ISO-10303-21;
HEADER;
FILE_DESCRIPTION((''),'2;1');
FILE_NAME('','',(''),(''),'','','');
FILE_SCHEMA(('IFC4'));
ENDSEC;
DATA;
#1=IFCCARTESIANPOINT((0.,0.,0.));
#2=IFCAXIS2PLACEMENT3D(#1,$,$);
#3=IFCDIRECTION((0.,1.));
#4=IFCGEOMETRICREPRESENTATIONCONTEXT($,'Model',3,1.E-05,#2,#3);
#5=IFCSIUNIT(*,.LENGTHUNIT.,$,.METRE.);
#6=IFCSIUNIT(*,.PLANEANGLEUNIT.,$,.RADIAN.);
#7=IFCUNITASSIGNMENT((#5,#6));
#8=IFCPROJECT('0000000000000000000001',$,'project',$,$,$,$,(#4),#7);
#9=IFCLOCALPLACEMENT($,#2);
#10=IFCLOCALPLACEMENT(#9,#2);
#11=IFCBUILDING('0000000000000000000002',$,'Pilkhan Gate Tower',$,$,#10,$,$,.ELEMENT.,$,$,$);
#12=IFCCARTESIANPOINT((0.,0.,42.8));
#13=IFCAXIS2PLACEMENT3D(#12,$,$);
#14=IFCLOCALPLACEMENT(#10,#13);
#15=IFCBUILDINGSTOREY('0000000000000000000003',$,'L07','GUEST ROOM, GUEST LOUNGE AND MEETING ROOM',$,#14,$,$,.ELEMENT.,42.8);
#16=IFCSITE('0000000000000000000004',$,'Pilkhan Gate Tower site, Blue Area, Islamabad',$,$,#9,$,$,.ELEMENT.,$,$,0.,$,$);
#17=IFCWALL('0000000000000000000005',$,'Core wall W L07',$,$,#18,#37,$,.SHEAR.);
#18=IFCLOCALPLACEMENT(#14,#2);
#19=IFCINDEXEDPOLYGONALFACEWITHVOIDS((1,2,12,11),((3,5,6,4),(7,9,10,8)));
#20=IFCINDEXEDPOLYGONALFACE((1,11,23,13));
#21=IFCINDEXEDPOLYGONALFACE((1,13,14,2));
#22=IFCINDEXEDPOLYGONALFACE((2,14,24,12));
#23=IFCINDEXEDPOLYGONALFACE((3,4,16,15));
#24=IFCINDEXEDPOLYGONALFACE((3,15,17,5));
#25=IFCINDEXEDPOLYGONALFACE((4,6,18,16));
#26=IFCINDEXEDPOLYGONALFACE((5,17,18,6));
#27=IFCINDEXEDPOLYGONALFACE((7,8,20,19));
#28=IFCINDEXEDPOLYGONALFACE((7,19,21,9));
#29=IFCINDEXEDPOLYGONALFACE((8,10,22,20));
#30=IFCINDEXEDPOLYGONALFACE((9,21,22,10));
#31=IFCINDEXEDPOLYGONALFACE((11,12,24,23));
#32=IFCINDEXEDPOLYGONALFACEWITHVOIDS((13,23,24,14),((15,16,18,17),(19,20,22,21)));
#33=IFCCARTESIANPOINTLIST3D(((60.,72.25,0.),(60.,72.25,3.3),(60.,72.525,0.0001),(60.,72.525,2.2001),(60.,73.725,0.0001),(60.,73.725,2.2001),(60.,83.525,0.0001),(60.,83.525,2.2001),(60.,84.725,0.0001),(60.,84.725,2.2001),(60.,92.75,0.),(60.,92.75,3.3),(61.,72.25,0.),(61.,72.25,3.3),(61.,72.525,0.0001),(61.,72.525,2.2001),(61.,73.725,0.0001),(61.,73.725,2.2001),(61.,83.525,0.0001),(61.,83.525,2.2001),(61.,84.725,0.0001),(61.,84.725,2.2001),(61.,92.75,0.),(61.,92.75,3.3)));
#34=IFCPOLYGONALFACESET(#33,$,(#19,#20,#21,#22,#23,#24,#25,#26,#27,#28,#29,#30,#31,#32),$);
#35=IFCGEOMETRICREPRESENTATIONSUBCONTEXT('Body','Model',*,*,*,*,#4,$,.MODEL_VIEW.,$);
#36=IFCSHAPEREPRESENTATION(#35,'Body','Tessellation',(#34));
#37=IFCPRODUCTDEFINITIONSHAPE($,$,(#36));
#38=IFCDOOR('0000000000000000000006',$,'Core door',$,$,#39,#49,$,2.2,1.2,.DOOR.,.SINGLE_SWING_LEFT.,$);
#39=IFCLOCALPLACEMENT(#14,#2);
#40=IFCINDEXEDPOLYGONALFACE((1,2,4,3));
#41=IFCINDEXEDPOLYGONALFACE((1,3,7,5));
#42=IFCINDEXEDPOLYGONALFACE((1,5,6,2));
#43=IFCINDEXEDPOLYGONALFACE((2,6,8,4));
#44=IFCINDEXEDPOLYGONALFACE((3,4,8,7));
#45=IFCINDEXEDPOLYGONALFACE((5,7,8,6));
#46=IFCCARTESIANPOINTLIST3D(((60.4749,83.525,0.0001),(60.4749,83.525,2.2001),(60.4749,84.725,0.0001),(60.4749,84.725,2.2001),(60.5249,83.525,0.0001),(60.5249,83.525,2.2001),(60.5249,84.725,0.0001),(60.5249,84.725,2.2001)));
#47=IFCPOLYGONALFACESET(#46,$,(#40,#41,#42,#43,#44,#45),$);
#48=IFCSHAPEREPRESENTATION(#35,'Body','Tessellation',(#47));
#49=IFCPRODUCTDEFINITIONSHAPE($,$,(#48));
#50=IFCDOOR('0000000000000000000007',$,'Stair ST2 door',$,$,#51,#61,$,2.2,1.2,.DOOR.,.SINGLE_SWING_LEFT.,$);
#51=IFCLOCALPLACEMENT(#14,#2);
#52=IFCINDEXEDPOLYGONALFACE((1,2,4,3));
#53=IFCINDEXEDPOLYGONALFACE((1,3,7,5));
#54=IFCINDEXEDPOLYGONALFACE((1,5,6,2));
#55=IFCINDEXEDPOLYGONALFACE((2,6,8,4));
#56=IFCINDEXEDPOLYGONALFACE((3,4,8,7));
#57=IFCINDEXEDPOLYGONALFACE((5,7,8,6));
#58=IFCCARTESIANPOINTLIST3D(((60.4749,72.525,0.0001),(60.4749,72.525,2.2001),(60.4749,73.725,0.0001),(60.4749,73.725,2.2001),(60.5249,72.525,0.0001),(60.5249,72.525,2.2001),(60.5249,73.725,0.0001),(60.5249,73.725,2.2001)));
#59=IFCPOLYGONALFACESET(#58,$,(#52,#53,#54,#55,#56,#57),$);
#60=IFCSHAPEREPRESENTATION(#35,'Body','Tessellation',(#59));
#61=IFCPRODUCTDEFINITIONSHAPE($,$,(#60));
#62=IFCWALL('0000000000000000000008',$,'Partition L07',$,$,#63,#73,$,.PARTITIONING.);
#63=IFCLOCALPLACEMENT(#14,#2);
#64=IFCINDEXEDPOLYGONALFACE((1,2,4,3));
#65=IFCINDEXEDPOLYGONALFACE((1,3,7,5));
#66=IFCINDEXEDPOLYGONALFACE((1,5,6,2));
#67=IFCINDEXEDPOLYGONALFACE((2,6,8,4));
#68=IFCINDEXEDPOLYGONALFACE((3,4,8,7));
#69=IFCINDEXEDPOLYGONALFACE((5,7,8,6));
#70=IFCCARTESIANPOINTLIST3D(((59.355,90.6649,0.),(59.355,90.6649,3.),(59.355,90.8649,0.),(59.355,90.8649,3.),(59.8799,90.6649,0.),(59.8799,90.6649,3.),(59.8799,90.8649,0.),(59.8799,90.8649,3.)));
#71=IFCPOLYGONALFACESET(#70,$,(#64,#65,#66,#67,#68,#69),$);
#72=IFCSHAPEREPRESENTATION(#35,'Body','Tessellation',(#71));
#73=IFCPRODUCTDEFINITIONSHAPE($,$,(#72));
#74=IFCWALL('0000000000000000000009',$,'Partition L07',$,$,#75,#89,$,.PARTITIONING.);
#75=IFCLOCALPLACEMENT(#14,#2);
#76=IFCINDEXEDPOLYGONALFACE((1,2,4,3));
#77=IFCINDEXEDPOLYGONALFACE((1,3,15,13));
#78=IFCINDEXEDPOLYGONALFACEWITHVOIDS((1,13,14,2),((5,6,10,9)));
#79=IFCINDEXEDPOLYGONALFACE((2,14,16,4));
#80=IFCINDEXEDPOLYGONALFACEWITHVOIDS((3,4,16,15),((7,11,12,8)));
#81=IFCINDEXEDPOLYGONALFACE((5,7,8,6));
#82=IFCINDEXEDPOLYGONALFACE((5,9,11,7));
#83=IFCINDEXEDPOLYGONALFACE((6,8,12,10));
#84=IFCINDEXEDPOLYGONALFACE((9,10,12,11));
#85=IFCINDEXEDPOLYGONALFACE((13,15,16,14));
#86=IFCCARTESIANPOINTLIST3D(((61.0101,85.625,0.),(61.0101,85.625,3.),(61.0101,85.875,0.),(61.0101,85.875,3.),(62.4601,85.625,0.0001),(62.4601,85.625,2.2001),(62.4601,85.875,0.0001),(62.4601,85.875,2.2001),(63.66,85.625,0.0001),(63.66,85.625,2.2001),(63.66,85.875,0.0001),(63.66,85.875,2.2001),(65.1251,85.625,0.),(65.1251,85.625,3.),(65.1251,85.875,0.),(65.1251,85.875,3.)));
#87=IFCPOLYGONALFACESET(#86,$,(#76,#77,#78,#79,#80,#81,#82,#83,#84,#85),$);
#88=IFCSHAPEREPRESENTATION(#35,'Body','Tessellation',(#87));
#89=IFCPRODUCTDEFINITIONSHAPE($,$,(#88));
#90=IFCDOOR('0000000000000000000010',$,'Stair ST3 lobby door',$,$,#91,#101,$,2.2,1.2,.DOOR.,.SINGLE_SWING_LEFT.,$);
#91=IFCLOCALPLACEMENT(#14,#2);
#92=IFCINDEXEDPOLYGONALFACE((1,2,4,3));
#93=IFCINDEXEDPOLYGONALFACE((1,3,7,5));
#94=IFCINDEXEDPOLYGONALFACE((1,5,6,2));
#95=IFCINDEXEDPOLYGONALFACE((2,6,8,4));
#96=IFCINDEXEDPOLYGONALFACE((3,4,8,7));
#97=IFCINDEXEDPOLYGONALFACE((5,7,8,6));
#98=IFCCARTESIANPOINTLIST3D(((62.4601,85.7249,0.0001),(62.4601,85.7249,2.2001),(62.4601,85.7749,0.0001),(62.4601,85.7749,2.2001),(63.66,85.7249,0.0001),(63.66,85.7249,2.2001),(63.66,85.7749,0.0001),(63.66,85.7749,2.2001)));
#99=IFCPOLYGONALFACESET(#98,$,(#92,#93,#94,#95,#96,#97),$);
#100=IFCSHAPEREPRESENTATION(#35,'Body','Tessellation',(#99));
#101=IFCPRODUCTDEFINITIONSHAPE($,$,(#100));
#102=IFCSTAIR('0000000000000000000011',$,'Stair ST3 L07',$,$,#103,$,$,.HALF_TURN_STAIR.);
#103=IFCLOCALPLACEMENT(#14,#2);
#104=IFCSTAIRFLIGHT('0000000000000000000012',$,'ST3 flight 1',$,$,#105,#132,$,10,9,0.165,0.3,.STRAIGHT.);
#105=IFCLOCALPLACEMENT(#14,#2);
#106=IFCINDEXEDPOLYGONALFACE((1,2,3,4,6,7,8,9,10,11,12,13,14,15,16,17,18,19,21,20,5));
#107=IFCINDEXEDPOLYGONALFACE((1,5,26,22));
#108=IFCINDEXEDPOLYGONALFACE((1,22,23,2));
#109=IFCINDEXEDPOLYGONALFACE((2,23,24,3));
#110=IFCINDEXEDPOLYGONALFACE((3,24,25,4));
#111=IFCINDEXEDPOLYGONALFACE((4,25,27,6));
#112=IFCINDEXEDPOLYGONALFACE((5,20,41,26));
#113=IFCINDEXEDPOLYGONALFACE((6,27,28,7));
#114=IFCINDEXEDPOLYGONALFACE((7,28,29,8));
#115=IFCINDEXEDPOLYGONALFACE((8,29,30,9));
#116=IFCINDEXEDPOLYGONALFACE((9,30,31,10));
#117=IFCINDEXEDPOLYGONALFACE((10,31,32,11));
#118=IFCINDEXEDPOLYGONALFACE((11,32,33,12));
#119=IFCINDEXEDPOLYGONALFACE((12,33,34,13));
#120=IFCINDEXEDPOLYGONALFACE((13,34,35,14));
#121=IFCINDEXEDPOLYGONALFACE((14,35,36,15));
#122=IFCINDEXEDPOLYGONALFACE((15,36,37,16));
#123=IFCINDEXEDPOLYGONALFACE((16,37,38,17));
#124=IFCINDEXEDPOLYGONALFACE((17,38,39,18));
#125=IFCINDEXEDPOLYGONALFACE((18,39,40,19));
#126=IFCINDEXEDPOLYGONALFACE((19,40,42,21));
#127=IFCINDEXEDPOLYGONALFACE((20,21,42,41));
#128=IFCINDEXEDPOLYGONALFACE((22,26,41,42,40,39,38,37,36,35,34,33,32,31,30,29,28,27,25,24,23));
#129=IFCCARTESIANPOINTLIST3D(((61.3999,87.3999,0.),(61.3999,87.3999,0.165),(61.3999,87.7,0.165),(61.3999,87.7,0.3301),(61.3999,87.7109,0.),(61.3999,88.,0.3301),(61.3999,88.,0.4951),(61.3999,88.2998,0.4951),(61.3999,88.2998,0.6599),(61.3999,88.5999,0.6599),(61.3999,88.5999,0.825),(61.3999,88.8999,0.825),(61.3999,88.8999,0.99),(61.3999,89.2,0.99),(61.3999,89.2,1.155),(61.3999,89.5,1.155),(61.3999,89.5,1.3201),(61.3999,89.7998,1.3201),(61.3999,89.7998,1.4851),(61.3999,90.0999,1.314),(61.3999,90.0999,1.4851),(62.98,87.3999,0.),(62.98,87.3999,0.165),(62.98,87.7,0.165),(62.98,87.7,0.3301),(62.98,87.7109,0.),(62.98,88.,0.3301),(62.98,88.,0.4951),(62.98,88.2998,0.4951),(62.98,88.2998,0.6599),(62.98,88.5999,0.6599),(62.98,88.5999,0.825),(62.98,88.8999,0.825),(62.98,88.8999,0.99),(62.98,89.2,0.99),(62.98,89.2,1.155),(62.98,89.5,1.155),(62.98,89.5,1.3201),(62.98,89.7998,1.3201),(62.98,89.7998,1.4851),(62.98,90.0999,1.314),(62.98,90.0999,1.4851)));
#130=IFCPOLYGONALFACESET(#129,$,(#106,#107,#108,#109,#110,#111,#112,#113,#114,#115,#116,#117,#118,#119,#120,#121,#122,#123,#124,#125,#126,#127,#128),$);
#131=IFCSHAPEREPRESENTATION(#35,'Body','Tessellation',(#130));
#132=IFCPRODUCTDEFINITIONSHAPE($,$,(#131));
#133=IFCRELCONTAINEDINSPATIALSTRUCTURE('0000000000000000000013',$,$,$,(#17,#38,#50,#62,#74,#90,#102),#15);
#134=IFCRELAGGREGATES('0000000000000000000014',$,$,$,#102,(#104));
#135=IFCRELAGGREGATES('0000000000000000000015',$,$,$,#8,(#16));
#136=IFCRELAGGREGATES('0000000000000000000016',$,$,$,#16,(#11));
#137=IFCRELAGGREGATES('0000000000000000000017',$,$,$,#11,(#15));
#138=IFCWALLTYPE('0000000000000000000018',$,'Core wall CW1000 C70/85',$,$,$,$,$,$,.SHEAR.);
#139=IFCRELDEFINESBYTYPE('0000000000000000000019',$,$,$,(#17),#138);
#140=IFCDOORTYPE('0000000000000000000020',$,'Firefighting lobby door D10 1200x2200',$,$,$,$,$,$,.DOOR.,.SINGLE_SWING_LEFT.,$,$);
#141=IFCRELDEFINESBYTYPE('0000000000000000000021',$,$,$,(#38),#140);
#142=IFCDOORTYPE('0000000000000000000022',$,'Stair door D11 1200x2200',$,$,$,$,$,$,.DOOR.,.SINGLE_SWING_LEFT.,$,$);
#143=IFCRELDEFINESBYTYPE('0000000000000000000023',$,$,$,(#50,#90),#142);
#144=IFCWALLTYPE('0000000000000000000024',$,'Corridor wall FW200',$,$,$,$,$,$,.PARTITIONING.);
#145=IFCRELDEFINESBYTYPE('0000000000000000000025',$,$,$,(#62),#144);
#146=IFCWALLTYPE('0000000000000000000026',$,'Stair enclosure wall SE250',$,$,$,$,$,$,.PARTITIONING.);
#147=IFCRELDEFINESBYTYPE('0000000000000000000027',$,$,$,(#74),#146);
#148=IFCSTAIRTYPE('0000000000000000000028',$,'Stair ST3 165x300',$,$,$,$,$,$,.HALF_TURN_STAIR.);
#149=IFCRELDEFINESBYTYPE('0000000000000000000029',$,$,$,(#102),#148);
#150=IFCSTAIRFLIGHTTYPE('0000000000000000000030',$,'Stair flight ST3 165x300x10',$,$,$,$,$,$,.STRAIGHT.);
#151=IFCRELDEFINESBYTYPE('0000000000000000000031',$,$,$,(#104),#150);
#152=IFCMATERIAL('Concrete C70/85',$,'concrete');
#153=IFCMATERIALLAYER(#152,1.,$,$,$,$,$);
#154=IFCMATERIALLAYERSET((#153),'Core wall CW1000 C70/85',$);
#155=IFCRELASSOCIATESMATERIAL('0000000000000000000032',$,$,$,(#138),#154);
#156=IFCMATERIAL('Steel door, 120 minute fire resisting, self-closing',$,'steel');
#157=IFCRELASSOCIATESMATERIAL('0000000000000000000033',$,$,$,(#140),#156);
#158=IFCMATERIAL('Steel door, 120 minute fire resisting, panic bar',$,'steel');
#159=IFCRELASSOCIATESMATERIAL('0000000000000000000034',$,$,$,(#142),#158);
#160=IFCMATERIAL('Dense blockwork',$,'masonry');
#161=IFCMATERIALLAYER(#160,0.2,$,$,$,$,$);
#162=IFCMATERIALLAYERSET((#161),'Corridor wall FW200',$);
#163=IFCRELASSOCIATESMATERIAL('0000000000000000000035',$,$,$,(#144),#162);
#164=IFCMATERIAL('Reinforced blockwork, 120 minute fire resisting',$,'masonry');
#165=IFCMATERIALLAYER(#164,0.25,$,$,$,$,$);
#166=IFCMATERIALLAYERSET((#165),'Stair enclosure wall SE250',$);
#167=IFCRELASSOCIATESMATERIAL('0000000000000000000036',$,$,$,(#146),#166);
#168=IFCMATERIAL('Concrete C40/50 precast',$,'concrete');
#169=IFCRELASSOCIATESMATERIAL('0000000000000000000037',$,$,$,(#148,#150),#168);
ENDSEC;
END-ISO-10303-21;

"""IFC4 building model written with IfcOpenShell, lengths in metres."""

from ifc_helpers import new_model, si_unit, direction, frame, frame_2d, origin, place, context, subcontext, project, spatial, polyline, rectangle, outline, extrude, material, layer, layer_set, type_object, element, fill, aggregate, save


model = new_model("IFC4")

# Units and contexts
model_context = context("Model", 3, precision=1e-05, world=origin(), true_north=direction((0.0, 1.0)))
body_context = subcontext(model_context, "Body", "Model", "MODEL_VIEW")
ifc_project = project(units=[si_unit("LENGTHUNIT", "METRE"), si_unit("PLANEANGLEUNIT", "RADIAN")], contexts=[model_context])

# Site, building, storey
site_placement = place(None, origin())
site = spatial("IfcSite", under=ifc_project, at=site_placement, Name="Pilkhan Gate Tower site, Blue Area, Islamabad", CompositionType="ELEMENT", RefElevation=0.0)
building_placement = place(site_placement, origin())
building = spatial("IfcBuilding", under=site, at=building_placement, Name="Pilkhan Gate Tower", CompositionType="ELEMENT")
storey_placement = place(building_placement, frame((0.0, 0.0, 42.8)))
storey = spatial("IfcBuildingStorey", under=building, at=storey_placement, Name="L07", Description="GUEST ROOM, GUEST LOUNGE AND MEETING ROOM", CompositionType="ELEMENT", Elevation=42.8)

# Wall, openings, doors
ifc_material_1 = material(Name="Concrete C70/85", Category="concrete")
ifc_layer_1 = layer(ifc_material_1, 1.0)
ifc_layer_set_1 = layer_set([ifc_layer_1], Name="Core wall CW1000 C70/85")
wall_type_1 = type_object("IfcWallType", Name="Core wall CW1000 C70/85", PredefinedType="SHEAR", material=ifc_layer_set_1)
wall_1_placement = place(storey_placement, frame((60.5, 92.75, 0.0), z_axis=(0.0, 0.0, 1.0), x_axis=(0.0, -1.0, 0.0)))
wall_1 = element("IfcWall", 1, at=wall_1_placement, inside=storey, type_object=wall_type_1, Name="Core wall W L07", PredefinedType="SHEAR", context=body_context, shape_type="SweptSolid", body=[
    extrude(rectangle(XDim=20.5, YDim=1.0, at=frame_2d((10.25, 0.0))), origin(), (0.0, 0.0, 1.0), 3.3),
])
opening_1_placement = place(wall_1_placement, frame((19.0249, 0.0, 0.0)))
opening_1 = element("IfcOpeningElement", 2, at=opening_1_placement, cuts=wall_1, PredefinedType="OPENING", context=body_context, shape_type="SweptSolid", body=[
    extrude(rectangle(XDim=1.2, YDim=2.2, at=frame_2d((0.6001, 1.1001))), frame((0.0, 0.51, 0.0), z_axis=(0.0, -1.0, 0.0), x_axis=(1.0, 0.0, 0.0)), (0.0, 0.0, 1.0), 1.02),
])
opening_2_placement = place(wall_1_placement, frame((8.0249, 0.0, 0.0)))
opening_2 = element("IfcOpeningElement", 3, at=opening_2_placement, cuts=wall_1, PredefinedType="OPENING", context=body_context, shape_type="SweptSolid", body=[
    extrude(rectangle(XDim=1.2, YDim=2.2, at=frame_2d((0.6001, 1.1001))), frame((0.0, 0.51, 0.0), z_axis=(0.0, -1.0, 0.0), x_axis=(1.0, 0.0, 0.0)), (0.0, 0.0, 1.0), 1.02),
])
ifc_material_2 = material(Name="Steel door, 120 minute fire resisting, self-closing", Category="steel")
door_type_1 = type_object("IfcDoorType", Name="Firefighting lobby door D10 1200x2200", OperationType="SINGLE_SWING_LEFT", PredefinedType="DOOR", material=ifc_material_2)
door_1_placement = place(opening_2_placement, origin())
door_1 = element("IfcDoor", 4, at=door_1_placement, inside=storey, type_object=door_type_1, Name="Core door", OperationType="SINGLE_SWING_LEFT", OverallHeight=2.2, OverallWidth=1.2, PredefinedType="DOOR", context=body_context, shape_type="SweptSolid", body=[
    extrude(rectangle(XDim=1.2, YDim=2.2, at=frame_2d((0.6001, 1.1001))), frame((0.0, 0.0249, 0.0), z_axis=(0.0, -1.0, 0.0), x_axis=(1.0, 0.0, 0.0)), (0.0, 0.0, 1.0), 0.05),
])
fill(opening_2, door_1)
ifc_material_3 = material(Name="Steel door, 120 minute fire resisting, panic bar", Category="steel")
door_type_2 = type_object("IfcDoorType", Name="Stair door D11 1200x2200", OperationType="SINGLE_SWING_LEFT", PredefinedType="DOOR", material=ifc_material_3)
door_2_placement = place(opening_1_placement, origin())
door_2 = element("IfcDoor", 5, at=door_2_placement, inside=storey, type_object=door_type_2, Name="Stair ST2 door", OperationType="SINGLE_SWING_LEFT", OverallHeight=2.2, OverallWidth=1.2, PredefinedType="DOOR", context=body_context, shape_type="SweptSolid", body=[
    extrude(rectangle(XDim=1.2, YDim=2.2, at=frame_2d((0.6001, 1.1001))), frame((0.0, 0.0249, 0.0), z_axis=(0.0, -1.0, 0.0), x_axis=(1.0, 0.0, 0.0)), (0.0, 0.0, 1.0), 0.05),
])
fill(opening_1, door_2)

# Wall
ifc_material_4 = material(Name="Dense blockwork", Category="masonry")
ifc_layer_2 = layer(ifc_material_4, 0.2)
ifc_layer_set_2 = layer_set([ifc_layer_2], Name="Corridor wall FW200")
wall_type_2 = type_object("IfcWallType", Name="Corridor wall FW200", PredefinedType="PARTITIONING", material=ifc_layer_set_2)
wall_2_placement = place(storey_placement, frame((59.355, 90.7649, 0.0), z_axis=(0.0, 0.0, 1.0), x_axis=(1.0, 0.0, 0.0)))
element("IfcWall", 6, at=wall_2_placement, inside=storey, type_object=wall_type_2, Name="Partition L07", PredefinedType="PARTITIONING", context=body_context, shape_type="SweptSolid", body=[
    extrude(rectangle(XDim=0.5249, YDim=0.2, at=frame_2d((0.2625, 0.0))), origin(), (0.0, 0.0, 1.0), 3.0),
])

# Wall, opening, door
ifc_material_5 = material(Name="Reinforced blockwork, 120 minute fire resisting", Category="masonry")
ifc_layer_3 = layer(ifc_material_5, 0.25)
ifc_layer_set_3 = layer_set([ifc_layer_3], Name="Stair enclosure wall SE250")
wall_type_3 = type_object("IfcWallType", Name="Stair enclosure wall SE250", PredefinedType="PARTITIONING", material=ifc_layer_set_3)
wall_3_placement = place(storey_placement, frame((61.01, 85.75, 0.0), z_axis=(0.0, 0.0, 1.0), x_axis=(1.0, 0.0, 0.0)))
wall_3 = element("IfcWall", 7, at=wall_3_placement, inside=storey, type_object=wall_type_3, Name="Partition L07", PredefinedType="PARTITIONING", context=body_context, shape_type="SweptSolid", body=[
    extrude(rectangle(XDim=4.115, YDim=0.25, at=frame_2d((2.0576, 0.0))), origin(), (0.0, 0.0, 1.0), 3.0),
])
opening_3_placement = place(wall_3_placement, frame((1.45, 0.0, 0.0)))
opening_3 = element("IfcOpeningElement", 8, at=opening_3_placement, cuts=wall_3, PredefinedType="OPENING", context=body_context, shape_type="SweptSolid", body=[
    extrude(rectangle(XDim=1.2, YDim=2.2, at=frame_2d((0.6001, 1.1001))), frame((0.0, 0.135, 0.0), z_axis=(0.0, -1.0, 0.0), x_axis=(1.0, 0.0, 0.0)), (0.0, 0.0, 1.0), 0.27),
])
door_3_placement = place(opening_3_placement, origin())
door_3 = element("IfcDoor", 9, at=door_3_placement, inside=storey, type_object=door_type_2, Name="Stair ST3 lobby door", OperationType="SINGLE_SWING_LEFT", OverallHeight=2.2, OverallWidth=1.2, PredefinedType="DOOR", context=body_context, shape_type="SweptSolid", body=[
    extrude(rectangle(XDim=1.2, YDim=2.2, at=frame_2d((0.6001, 1.1001))), frame((0.0, 0.0249, 0.0), z_axis=(0.0, -1.0, 0.0), x_axis=(1.0, 0.0, 0.0)), (0.0, 0.0, 1.0), 0.05),
])
fill(opening_3, door_3)

# Stair, stair flight
ifc_material_6 = material(Name="Concrete C40/50 precast", Category="concrete")
stair_type = type_object("IfcStairType", Name="Stair ST3 165x300", PredefinedType="HALF_TURN_STAIR", material=ifc_material_6)
stair_placement = place(storey_placement, origin())
stair = element("IfcStair", 10, at=stair_placement, inside=storey, type_object=stair_type, Name="Stair ST3 L07", PredefinedType="HALF_TURN_STAIR")
stair_flight_type = type_object("IfcStairFlightType", Name="Stair flight ST3 165x300x10", PredefinedType="STRAIGHT", material=ifc_material_6)
stair_flight_placement = place(storey_placement, frame((62.1899, 87.3999, 0.0), z_axis=(0.0, 0.0, 1.0), x_axis=(0.0, 1.0, 0.0)))
stair_flight = element("IfcStairFlight", 11, at=stair_flight_placement, type_object=stair_flight_type, Name="ST3 flight 1", NumberOfRisers=10, NumberOfTreads=9, PredefinedType="STRAIGHT", RiserHeight=0.165, TreadLength=0.3, context=body_context, shape_type="SweptSolid", body=[
    extrude(outline(polyline([(0.0, 0.0), (0.0, 0.165), (0.3, 0.165), (0.3, 0.3301), (0.6001, 0.3301), (0.6001, 0.4951), (0.8999, 0.4951), (0.8999, 0.6599), (1.2, 0.6599), (1.2, 0.825), (1.5, 0.825), (1.5, 0.99), (1.8, 0.99), (1.8, 1.155), (2.1001, 1.155), (2.1001, 1.3201), (2.3999, 1.3201), (2.3999, 1.4851), (2.7, 1.4851), (2.7, 1.6499), (2.7, 1.314), (0.311, 0.0), (0.0, 0.0)])), frame((0.0, 0.79, 0.0), z_axis=(0.0, -1.0, 0.0), x_axis=(1.0, 0.0, 0.0)), (0.0, 0.0, 1.0), 1.5801),
])
aggregate(stair, [stair_flight])

save(model, "model.ifc")
